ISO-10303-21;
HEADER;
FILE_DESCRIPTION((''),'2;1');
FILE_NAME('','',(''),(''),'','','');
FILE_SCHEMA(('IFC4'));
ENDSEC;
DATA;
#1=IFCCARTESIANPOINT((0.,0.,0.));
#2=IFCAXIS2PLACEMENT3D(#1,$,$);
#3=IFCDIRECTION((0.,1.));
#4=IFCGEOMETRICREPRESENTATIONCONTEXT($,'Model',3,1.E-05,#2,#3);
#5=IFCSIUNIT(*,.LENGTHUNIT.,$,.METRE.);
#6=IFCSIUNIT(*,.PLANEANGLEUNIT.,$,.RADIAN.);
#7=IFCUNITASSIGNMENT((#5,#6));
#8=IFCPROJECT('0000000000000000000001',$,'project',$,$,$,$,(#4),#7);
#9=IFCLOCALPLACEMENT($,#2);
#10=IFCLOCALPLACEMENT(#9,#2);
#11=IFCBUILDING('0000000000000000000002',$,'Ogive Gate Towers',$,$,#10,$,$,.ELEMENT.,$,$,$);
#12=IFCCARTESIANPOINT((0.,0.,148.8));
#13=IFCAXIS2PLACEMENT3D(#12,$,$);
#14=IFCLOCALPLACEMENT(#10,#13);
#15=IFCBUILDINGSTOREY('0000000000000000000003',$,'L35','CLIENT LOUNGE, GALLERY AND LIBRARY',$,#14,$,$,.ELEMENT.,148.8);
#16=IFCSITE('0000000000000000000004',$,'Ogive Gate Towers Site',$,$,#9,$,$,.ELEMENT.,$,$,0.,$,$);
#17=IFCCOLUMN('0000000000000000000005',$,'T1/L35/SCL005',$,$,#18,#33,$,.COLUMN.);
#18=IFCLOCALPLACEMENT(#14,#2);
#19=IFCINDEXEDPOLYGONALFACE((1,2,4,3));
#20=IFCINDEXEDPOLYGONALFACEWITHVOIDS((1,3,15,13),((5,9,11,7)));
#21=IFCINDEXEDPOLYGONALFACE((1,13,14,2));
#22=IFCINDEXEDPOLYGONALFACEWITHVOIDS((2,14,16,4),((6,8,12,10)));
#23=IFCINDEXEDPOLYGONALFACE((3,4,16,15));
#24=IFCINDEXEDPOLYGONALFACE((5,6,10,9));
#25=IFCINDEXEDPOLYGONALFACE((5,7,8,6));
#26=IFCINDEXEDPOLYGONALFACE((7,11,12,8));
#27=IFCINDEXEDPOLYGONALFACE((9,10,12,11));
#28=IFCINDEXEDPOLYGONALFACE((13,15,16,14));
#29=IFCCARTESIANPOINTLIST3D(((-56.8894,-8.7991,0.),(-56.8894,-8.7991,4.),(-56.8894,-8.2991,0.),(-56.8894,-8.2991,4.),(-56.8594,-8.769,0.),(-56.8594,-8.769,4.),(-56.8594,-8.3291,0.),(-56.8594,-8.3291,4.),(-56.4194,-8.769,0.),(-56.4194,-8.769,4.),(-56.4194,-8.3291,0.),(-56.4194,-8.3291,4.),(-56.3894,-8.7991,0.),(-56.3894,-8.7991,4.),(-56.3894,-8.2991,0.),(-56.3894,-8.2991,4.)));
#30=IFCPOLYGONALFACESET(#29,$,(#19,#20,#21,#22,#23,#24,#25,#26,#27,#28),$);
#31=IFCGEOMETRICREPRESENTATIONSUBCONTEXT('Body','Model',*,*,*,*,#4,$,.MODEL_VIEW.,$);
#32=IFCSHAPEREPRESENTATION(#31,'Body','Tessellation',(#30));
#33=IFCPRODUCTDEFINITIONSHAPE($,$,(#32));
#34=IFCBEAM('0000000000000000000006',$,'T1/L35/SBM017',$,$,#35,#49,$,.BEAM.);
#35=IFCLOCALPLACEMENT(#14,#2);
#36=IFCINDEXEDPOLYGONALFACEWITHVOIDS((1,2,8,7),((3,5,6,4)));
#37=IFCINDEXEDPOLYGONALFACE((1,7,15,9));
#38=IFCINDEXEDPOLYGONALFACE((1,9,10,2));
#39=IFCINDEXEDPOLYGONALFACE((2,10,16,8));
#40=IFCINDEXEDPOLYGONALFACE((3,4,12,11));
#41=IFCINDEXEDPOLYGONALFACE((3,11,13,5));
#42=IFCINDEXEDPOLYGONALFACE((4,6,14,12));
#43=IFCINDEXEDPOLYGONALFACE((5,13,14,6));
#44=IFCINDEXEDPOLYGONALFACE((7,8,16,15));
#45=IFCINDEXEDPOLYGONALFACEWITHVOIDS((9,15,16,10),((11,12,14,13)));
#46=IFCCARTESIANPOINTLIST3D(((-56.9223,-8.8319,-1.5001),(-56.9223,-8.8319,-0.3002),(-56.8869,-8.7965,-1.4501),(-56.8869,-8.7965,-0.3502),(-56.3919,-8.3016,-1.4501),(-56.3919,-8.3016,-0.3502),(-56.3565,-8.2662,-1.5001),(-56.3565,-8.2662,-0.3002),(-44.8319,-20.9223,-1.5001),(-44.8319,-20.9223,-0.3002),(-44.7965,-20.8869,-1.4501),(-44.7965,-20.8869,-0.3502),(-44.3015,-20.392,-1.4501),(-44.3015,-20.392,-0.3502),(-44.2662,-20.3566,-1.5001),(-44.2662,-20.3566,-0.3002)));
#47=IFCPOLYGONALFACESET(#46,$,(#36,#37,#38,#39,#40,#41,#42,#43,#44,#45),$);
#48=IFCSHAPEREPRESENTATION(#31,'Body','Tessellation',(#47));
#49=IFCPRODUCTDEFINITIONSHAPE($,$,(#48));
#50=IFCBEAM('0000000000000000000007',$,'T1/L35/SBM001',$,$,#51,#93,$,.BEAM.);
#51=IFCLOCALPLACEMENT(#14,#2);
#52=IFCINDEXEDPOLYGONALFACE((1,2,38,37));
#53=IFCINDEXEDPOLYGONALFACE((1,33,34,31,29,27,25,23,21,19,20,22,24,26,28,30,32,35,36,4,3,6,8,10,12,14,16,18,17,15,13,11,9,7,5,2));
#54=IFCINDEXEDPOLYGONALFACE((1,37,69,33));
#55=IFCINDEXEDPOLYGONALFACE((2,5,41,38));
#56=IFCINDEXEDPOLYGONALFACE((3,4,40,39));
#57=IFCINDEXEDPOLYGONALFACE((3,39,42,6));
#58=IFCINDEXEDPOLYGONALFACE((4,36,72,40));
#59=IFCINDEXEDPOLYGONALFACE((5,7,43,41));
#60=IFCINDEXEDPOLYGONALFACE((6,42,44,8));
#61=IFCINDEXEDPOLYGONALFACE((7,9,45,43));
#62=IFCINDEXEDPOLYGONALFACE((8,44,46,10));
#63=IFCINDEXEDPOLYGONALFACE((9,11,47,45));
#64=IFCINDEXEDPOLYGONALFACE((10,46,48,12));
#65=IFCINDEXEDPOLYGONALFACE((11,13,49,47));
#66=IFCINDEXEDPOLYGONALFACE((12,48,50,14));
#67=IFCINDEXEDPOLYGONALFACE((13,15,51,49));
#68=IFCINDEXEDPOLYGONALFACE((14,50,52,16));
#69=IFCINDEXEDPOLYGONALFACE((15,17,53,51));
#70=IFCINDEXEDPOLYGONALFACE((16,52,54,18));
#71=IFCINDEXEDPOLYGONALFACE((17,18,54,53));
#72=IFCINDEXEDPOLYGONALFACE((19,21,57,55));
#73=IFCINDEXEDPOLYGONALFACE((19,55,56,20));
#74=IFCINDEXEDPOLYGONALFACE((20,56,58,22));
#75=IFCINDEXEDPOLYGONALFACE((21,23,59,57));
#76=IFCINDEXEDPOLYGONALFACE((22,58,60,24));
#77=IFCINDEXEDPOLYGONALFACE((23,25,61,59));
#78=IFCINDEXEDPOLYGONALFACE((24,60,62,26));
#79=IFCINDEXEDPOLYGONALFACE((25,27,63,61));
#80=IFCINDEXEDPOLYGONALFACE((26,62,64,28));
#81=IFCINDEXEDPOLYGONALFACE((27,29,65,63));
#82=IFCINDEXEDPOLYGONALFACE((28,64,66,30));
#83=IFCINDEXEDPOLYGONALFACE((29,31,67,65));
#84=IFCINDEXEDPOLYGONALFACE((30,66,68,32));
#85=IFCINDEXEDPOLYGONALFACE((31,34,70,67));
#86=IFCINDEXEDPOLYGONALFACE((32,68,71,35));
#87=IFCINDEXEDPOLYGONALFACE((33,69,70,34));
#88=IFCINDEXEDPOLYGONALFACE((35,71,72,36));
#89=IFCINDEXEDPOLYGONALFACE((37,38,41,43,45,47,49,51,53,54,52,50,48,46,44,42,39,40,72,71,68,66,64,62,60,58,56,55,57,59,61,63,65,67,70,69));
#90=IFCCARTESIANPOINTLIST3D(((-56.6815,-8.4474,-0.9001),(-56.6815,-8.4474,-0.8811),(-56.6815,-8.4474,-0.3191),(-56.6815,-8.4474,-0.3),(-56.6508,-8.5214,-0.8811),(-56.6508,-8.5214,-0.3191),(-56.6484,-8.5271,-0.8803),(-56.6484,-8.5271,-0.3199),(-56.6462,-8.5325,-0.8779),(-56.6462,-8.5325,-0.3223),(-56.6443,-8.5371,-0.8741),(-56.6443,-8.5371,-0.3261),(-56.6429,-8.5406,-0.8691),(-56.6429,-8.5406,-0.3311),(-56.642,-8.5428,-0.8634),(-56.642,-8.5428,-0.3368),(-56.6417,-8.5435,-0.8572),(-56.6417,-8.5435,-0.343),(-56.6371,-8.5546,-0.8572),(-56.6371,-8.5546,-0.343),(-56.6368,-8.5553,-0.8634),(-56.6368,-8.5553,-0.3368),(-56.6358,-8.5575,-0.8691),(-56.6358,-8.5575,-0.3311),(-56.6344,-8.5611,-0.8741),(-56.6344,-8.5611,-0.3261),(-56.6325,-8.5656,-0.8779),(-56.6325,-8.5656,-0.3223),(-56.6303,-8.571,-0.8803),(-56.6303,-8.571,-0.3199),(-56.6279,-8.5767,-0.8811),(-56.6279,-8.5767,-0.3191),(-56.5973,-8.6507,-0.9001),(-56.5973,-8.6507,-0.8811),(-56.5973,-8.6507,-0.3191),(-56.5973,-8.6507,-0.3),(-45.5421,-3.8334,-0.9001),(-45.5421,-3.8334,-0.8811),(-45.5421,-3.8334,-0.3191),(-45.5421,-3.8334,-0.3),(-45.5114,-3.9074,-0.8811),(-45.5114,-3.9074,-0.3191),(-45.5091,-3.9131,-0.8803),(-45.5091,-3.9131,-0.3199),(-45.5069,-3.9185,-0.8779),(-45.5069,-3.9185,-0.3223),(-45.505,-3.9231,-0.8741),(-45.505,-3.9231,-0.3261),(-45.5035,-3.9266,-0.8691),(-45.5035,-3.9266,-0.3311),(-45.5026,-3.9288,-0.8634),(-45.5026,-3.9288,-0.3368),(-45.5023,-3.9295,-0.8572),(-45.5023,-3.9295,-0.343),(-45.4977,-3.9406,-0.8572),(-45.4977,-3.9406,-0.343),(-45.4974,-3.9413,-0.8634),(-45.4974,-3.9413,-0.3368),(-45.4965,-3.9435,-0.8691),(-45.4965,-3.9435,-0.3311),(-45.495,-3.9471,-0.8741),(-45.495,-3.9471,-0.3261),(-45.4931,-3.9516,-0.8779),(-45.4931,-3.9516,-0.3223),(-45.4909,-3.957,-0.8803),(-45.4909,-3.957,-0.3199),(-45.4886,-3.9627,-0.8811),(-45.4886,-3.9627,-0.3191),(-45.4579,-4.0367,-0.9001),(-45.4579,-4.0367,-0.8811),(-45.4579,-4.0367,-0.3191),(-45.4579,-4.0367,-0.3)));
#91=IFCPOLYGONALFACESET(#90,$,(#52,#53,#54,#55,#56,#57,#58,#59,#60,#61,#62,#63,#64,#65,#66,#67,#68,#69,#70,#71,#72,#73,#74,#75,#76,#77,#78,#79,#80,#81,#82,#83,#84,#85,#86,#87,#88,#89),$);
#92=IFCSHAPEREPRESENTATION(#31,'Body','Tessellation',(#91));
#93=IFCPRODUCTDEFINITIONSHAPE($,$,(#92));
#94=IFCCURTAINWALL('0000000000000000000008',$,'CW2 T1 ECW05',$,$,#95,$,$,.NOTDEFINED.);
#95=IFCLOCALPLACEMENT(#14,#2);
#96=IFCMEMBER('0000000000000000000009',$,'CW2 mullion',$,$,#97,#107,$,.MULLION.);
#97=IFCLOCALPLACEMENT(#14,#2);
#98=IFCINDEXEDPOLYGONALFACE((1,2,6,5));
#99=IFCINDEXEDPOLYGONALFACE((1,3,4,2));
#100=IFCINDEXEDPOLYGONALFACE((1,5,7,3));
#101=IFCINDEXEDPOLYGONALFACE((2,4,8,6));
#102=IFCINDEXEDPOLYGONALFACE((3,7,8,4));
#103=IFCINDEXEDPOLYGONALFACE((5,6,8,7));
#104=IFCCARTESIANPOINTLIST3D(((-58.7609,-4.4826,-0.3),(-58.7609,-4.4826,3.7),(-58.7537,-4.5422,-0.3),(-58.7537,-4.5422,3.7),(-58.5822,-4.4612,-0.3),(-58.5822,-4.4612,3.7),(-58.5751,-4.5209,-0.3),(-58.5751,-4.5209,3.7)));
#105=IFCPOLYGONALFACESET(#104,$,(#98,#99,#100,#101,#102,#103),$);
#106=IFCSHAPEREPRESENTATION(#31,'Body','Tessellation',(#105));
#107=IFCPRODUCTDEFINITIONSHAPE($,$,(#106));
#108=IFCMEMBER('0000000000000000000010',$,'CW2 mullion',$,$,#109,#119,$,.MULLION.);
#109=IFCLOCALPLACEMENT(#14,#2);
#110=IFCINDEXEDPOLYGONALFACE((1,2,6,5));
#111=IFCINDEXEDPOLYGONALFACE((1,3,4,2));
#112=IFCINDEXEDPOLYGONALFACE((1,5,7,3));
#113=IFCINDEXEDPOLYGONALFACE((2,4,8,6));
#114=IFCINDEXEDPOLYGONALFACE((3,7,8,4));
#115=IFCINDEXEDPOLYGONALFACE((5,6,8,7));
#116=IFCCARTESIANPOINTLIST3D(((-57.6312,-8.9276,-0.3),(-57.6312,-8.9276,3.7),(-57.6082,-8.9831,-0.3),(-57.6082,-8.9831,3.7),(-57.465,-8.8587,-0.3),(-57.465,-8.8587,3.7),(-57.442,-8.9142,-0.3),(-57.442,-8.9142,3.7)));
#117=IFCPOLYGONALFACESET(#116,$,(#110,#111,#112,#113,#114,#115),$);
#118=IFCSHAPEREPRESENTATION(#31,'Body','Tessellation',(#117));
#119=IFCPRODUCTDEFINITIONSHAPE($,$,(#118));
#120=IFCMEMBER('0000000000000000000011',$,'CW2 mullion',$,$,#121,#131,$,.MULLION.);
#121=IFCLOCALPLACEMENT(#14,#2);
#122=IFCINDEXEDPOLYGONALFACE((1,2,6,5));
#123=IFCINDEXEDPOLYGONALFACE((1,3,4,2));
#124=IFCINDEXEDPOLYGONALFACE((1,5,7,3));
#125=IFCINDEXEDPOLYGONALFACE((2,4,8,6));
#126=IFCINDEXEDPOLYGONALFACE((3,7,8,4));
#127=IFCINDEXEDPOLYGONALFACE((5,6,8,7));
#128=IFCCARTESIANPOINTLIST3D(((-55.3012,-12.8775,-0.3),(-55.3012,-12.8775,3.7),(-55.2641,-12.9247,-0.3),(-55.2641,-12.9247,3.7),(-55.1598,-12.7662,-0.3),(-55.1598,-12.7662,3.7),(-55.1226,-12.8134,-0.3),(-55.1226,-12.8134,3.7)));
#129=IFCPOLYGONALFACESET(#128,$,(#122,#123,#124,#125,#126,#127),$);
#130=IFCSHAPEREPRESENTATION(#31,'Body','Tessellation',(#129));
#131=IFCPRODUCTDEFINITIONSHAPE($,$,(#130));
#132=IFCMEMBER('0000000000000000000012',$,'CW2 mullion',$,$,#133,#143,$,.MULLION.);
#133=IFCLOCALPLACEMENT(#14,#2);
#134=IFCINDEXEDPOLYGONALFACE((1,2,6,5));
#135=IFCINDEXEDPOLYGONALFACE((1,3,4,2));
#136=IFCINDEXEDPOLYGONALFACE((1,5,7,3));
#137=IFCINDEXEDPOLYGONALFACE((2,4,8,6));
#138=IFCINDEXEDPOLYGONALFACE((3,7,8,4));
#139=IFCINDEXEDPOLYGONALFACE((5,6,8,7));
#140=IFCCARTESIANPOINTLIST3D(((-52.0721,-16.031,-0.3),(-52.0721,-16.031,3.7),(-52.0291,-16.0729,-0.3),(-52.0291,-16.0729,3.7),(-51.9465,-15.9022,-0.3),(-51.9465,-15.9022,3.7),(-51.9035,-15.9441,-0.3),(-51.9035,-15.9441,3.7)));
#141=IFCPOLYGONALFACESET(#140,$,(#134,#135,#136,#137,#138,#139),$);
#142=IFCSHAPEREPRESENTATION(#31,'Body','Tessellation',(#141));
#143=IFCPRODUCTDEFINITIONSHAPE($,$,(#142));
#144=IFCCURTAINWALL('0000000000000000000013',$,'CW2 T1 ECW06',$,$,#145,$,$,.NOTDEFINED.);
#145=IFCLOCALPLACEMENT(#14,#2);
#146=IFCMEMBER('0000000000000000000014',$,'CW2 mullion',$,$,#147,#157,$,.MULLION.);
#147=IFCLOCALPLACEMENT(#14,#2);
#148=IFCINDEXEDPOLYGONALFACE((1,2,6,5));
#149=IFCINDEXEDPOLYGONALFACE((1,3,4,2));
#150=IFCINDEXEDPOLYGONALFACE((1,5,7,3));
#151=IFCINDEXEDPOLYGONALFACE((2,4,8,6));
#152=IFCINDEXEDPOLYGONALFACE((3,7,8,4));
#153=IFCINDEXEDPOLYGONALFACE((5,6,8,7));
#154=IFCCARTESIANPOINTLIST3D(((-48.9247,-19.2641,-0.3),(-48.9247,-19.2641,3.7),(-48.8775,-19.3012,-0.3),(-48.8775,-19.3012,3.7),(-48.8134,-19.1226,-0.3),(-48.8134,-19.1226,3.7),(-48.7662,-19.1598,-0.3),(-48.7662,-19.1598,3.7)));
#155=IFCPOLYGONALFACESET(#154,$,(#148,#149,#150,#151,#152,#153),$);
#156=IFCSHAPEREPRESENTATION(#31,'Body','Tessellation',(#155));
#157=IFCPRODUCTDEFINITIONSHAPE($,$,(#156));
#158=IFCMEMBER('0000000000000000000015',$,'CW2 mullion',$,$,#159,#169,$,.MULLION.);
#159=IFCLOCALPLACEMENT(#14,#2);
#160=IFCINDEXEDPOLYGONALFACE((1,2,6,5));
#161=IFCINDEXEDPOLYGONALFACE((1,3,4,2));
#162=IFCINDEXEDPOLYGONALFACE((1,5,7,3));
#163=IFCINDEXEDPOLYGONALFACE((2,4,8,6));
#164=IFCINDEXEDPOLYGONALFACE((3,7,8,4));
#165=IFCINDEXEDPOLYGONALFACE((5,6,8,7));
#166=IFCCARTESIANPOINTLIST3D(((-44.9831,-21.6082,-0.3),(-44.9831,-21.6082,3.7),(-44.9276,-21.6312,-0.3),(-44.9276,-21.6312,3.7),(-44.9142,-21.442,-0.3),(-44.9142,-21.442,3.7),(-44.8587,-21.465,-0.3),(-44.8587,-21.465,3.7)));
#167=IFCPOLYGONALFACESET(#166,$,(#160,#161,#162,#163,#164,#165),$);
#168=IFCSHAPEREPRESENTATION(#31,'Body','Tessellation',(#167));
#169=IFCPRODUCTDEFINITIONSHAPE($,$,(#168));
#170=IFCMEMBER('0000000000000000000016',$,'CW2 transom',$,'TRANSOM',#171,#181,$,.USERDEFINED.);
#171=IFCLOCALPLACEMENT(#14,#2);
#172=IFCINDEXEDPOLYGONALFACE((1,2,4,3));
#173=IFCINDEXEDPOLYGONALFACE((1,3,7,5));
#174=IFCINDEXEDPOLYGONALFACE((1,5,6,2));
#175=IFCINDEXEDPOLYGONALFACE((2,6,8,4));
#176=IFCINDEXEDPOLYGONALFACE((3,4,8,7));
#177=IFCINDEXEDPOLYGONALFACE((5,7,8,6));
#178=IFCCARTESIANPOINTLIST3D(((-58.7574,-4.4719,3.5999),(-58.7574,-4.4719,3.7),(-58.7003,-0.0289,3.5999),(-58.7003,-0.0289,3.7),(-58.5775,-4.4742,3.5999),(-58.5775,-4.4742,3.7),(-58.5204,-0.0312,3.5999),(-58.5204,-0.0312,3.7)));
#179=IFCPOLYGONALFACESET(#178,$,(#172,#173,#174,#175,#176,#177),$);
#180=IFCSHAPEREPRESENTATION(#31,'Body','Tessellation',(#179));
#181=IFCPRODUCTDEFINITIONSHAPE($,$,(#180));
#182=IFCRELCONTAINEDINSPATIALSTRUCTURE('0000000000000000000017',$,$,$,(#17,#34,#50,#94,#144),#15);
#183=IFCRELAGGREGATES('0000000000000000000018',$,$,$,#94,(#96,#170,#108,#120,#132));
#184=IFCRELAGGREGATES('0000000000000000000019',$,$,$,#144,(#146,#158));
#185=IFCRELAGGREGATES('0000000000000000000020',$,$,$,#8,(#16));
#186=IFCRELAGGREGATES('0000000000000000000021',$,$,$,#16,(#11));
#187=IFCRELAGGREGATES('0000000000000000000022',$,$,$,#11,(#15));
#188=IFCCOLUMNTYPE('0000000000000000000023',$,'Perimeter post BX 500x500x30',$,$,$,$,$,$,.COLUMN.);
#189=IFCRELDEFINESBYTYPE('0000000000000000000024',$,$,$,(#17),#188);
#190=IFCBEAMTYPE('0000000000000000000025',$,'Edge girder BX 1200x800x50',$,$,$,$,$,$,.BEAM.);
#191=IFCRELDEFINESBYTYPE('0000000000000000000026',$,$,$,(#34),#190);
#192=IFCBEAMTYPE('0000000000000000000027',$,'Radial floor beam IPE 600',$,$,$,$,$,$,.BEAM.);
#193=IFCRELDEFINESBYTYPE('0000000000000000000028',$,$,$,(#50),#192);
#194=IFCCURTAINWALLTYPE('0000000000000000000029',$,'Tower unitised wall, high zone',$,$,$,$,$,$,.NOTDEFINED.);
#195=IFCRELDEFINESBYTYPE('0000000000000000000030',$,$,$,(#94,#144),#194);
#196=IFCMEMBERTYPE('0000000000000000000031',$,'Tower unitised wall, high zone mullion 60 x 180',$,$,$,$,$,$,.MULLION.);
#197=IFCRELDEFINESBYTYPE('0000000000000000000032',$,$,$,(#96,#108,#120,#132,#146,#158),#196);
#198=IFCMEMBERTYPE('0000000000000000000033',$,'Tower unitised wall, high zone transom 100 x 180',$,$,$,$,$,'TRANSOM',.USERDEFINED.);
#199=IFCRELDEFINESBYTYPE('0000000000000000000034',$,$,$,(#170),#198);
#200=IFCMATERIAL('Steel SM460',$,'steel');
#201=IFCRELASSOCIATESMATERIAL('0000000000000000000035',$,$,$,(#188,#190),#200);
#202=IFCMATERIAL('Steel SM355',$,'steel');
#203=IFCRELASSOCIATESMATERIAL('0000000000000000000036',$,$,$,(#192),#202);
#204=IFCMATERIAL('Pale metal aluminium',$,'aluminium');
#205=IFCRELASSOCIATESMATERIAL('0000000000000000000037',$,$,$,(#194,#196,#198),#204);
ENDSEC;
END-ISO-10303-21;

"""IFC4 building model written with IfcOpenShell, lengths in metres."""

from ifc_helpers import new_model, si_unit, direction, frame, origin, origin_2d, place, context, subcontext, project, spatial, rectangle, hollow_rectangle, i_section, extrude, material, material_profile, profile_set, type_object, element, aggregate, save


model = new_model("IFC4")

# Units and contexts
model_context = context("Model", 3, precision=1e-05, world=origin(), true_north=direction((0.0, 1.0)))
body_context = subcontext(model_context, "Body", "Model", "MODEL_VIEW")
ifc_project = project(units=[si_unit("LENGTHUNIT", "METRE"), si_unit("PLANEANGLEUNIT", "RADIAN")], contexts=[model_context])

# Site, building, storey
site_placement = place(None, origin())
site = spatial("IfcSite", under=ifc_project, at=site_placement, Name="Ogive Gate Towers Site", CompositionType="ELEMENT", RefElevation=0.0)
building_placement = place(site_placement, origin())
building = spatial("IfcBuilding", under=site, at=building_placement, Name="Ogive Gate Towers", CompositionType="ELEMENT")
storey_placement = place(building_placement, frame((0.0, 0.0, 148.8)))
storey = spatial("IfcBuildingStorey", under=building, at=storey_placement, Name="L35", Description="CLIENT LOUNGE, GALLERY AND LIBRARY", CompositionType="ELEMENT", Elevation=148.8)

# Column
ifc_material_1 = material(Name="Steel SM460", Category="steel")
ifc_material_profile_1 = material_profile(ifc_material_1, hollow_rectangle(XDim=0.5, YDim=0.5, WallThickness=0.03, at=origin_2d()), Name="BX 500x500x30")
ifc_profile_set_1 = profile_set([ifc_material_profile_1], Name="Steel SM460")
column_type = type_object("IfcColumnType", Name="Perimeter post BX 500x500x30", PredefinedType="COLUMN", material=ifc_profile_set_1)
column_placement = place(storey_placement, frame((-56.6394, -8.5491, 0.0), z_axis=(0.0, 0.0, 1.0), x_axis=(1.0, 0.0, 0.0)))
element("IfcColumn", 1, at=column_placement, inside=storey, type_object=column_type, Name="T1/L35/SCL005", PredefinedType="COLUMN", context=body_context, shape_type="SweptSolid", body=[
    extrude(hollow_rectangle(XDim=0.5, YDim=0.5, WallThickness=0.03, at=origin_2d()), origin(), (0.0, 0.0, 1.0), 4.0),
])

# Beams
ifc_material_profile_2 = material_profile(ifc_material_1, hollow_rectangle(XDim=0.8, YDim=1.2, WallThickness=0.05, at=origin_2d()), Name="BX 1200x800x50")
ifc_profile_set_2 = profile_set([ifc_material_profile_2], Name="Steel SM460")
beam_type_1 = type_object("IfcBeamType", Name="Edge girder BX 1200x800x50", PredefinedType="BEAM", material=ifc_profile_set_2)
beam_1_placement = place(storey_placement, frame((-56.6394, -8.5491, -0.9001), z_axis=(0.707107, -0.707107, 0.0), x_axis=(0.707107, 0.707107, 0.0)))
element("IfcBeam", 2, at=beam_1_placement, inside=storey, type_object=beam_type_1, Name="T1/L35/SBM017", PredefinedType="BEAM", context=body_context, shape_type="SweptSolid", body=[
    extrude(hollow_rectangle(XDim=0.8, YDim=1.2, WallThickness=0.05, at=origin_2d()), origin(), (0.0, 0.0, 1.0), 17.0984),
])
ifc_material_2 = material(Name="Steel SM355", Category="steel")
ifc_material_profile_3 = material_profile(ifc_material_2, i_section(OverallWidth=0.22, OverallDepth=0.6001, WebThickness=0.012, FlangeThickness=0.019, FilletRadius=0.0239, at=origin_2d()), Name="IPE 600")
ifc_profile_set_3 = profile_set([ifc_material_profile_3], Name="Steel SM355")
beam_type_2 = type_object("IfcBeamType", Name="Radial floor beam IPE 600", PredefinedType="BEAM", material=ifc_profile_set_3)
beam_2_placement = place(storey_placement, frame((-45.5, -3.9351, -0.6001), z_axis=(-0.923882, -0.382678, 0.0), x_axis=(0.382678, -0.923882, 0.0)))
element("IfcBeam", 3, at=beam_2_placement, inside=storey, type_object=beam_type_2, Name="T1/L35/SBM001", PredefinedType="BEAM", context=body_context, shape_type="SweptSolid", body=[
    extrude(i_section(OverallWidth=0.22, OverallDepth=0.6001, WebThickness=0.012, FlangeThickness=0.019, FilletRadius=0.0239, at=origin_2d()), origin(), (0.0, 0.0, 1.0), 12.0571),
])

# Curtain walls, members
ifc_material_3 = material(Name="Pale metal aluminium", Category="aluminium")
curtain_wall_type = type_object("IfcCurtainWallType", Name="Tower unitised wall, high zone", PredefinedType="NOTDEFINED", material=ifc_material_3)
curtain_wall_1_placement = place(storey_placement, origin())
curtain_wall_1 = element("IfcCurtainWall", 4, at=curtain_wall_1_placement, inside=storey, type_object=curtain_wall_type, Name="CW2 T1 ECW05", PredefinedType="NOTDEFINED")
ifc_material_profile_4 = material_profile(ifc_material_3, rectangle(XDim=0.1799, YDim=0.0601, at=origin_2d()), Name="60 x 180 aluminium box")
ifc_profile_set_4 = profile_set([ifc_material_profile_4], Name="Pale metal aluminium")
member_type_1 = type_object("IfcMemberType", Name="Tower unitised wall, high zone mullion 60 x 180", PredefinedType="MULLION", material=ifc_profile_set_4)
member_1_placement = place(storey_placement, frame((-58.668, -4.5017, -0.3), z_axis=(0.0, 0.0, 1.0), x_axis=(-0.992941, -0.118612, 0.0)))
member_1 = element("IfcMember", 5, at=member_1_placement, type_object=member_type_1, Name="CW2 mullion", PredefinedType="MULLION", context=body_context, shape_type="SweptSolid", body=[
    extrude(rectangle(XDim=0.1799, YDim=0.0601, at=origin_2d()), origin(), (0.0, 0.0, 1.0), 4.0),
])
member_2_placement = place(storey_placement, frame((-57.5366, -8.9209, -0.3), z_axis=(0.0, 0.0, 1.0), x_axis=(-0.92388, -0.382683, 0.0)))
member_2 = element("IfcMember", 6, at=member_2_placement, type_object=member_type_1, Name="CW2 mullion", PredefinedType="MULLION", context=body_context, shape_type="SweptSolid", body=[
    extrude(rectangle(XDim=0.1799, YDim=0.0601, at=origin_2d()), origin(), (0.0, 0.0, 1.0), 4.0),
])
member_3_placement = place(storey_placement, frame((-55.2119, -12.8455, -0.3), z_axis=(0.0, 0.0, 1.0), x_axis=(-0.785997, -0.61823, 0.0)))
member_3 = element("IfcMember", 7, at=member_3_placement, type_object=member_type_1, Name="CW2 mullion", PredefinedType="MULLION", context=body_context, shape_type="SweptSolid", body=[
    extrude(rectangle(XDim=0.1799, YDim=0.0601, at=origin_2d()), origin(), (0.0, 0.0, 1.0), 4.0),
])
member_4_placement = place(storey_placement, frame((-51.9878, -15.9875, -0.3), z_axis=(0.0, 0.0, 1.0), x_axis=(-0.697978, -0.716119, 0.0)))
member_4 = element("IfcMember", 8, at=member_4_placement, type_object=member_type_1, Name="CW2 mullion", PredefinedType="MULLION", context=body_context, shape_type="SweptSolid", body=[
    extrude(rectangle(XDim=0.1799, YDim=0.0601, at=origin_2d()), origin(), (0.0, 0.0, 1.0), 4.0),
])
curtain_wall_2_placement = place(storey_placement, origin())
curtain_wall_2 = element("IfcCurtainWall", 9, at=curtain_wall_2_placement, inside=storey, type_object=curtain_wall_type, Name="CW2 T1 ECW06", PredefinedType="NOTDEFINED")
member_5_placement = place(storey_placement, frame((-48.8455, -19.2119, -0.3), z_axis=(0.0, 0.0, 1.0), x_axis=(-0.61823, -0.785997, 0.0)))
member_5 = element("IfcMember", 10, at=member_5_placement, type_object=member_type_1, Name="CW2 mullion", PredefinedType="MULLION", context=body_context, shape_type="SweptSolid", body=[
    extrude(rectangle(XDim=0.1799, YDim=0.0601, at=origin_2d()), origin(), (0.0, 0.0, 1.0), 4.0),
])
member_6_placement = place(storey_placement, frame((-44.9209, -21.5366, -0.3), z_axis=(0.0, 0.0, 1.0), x_axis=(-0.382683, -0.92388, 0.0)))
member_6 = element("IfcMember", 11, at=member_6_placement, type_object=member_type_1, Name="CW2 mullion", PredefinedType="MULLION", context=body_context, shape_type="SweptSolid", body=[
    extrude(rectangle(XDim=0.1799, YDim=0.0601, at=origin_2d()), origin(), (0.0, 0.0, 1.0), 4.0),
])

# Member
ifc_material_profile_5 = material_profile(ifc_material_3, rectangle(XDim=0.1799, YDim=0.1001, at=origin_2d()), Name="100 x 180 aluminium box")
ifc_profile_set_5 = profile_set([ifc_material_profile_5], Name="Pale metal aluminium")
member_type_2 = type_object("IfcMemberType", Name="Tower unitised wall, high zone transom 100 x 180", ElementType="TRANSOM", PredefinedType="USERDEFINED", material=ifc_profile_set_5)
member_7_placement = place(storey_placement, frame((-58.6104, -0.03, 3.6499), z_axis=(-0.012857, -0.999917, 0.0), x_axis=(0.999917, -0.012857, 0.0)))
member_7 = element("IfcMember", 12, at=member_7_placement, type_object=member_type_2, Name="CW2 transom", ObjectType="TRANSOM", PredefinedType="USERDEFINED", context=body_context, shape_type="SweptSolid", body=[
    extrude(rectangle(XDim=0.1799, YDim=0.1001, at=origin_2d()), origin(), (0.0, 0.0, 1.0), 4.4434),
])

aggregate(curtain_wall_1, [member_1, member_7, member_2, member_3, member_4])
aggregate(curtain_wall_2, [member_5, member_6])

save(model, "model.ifc")
